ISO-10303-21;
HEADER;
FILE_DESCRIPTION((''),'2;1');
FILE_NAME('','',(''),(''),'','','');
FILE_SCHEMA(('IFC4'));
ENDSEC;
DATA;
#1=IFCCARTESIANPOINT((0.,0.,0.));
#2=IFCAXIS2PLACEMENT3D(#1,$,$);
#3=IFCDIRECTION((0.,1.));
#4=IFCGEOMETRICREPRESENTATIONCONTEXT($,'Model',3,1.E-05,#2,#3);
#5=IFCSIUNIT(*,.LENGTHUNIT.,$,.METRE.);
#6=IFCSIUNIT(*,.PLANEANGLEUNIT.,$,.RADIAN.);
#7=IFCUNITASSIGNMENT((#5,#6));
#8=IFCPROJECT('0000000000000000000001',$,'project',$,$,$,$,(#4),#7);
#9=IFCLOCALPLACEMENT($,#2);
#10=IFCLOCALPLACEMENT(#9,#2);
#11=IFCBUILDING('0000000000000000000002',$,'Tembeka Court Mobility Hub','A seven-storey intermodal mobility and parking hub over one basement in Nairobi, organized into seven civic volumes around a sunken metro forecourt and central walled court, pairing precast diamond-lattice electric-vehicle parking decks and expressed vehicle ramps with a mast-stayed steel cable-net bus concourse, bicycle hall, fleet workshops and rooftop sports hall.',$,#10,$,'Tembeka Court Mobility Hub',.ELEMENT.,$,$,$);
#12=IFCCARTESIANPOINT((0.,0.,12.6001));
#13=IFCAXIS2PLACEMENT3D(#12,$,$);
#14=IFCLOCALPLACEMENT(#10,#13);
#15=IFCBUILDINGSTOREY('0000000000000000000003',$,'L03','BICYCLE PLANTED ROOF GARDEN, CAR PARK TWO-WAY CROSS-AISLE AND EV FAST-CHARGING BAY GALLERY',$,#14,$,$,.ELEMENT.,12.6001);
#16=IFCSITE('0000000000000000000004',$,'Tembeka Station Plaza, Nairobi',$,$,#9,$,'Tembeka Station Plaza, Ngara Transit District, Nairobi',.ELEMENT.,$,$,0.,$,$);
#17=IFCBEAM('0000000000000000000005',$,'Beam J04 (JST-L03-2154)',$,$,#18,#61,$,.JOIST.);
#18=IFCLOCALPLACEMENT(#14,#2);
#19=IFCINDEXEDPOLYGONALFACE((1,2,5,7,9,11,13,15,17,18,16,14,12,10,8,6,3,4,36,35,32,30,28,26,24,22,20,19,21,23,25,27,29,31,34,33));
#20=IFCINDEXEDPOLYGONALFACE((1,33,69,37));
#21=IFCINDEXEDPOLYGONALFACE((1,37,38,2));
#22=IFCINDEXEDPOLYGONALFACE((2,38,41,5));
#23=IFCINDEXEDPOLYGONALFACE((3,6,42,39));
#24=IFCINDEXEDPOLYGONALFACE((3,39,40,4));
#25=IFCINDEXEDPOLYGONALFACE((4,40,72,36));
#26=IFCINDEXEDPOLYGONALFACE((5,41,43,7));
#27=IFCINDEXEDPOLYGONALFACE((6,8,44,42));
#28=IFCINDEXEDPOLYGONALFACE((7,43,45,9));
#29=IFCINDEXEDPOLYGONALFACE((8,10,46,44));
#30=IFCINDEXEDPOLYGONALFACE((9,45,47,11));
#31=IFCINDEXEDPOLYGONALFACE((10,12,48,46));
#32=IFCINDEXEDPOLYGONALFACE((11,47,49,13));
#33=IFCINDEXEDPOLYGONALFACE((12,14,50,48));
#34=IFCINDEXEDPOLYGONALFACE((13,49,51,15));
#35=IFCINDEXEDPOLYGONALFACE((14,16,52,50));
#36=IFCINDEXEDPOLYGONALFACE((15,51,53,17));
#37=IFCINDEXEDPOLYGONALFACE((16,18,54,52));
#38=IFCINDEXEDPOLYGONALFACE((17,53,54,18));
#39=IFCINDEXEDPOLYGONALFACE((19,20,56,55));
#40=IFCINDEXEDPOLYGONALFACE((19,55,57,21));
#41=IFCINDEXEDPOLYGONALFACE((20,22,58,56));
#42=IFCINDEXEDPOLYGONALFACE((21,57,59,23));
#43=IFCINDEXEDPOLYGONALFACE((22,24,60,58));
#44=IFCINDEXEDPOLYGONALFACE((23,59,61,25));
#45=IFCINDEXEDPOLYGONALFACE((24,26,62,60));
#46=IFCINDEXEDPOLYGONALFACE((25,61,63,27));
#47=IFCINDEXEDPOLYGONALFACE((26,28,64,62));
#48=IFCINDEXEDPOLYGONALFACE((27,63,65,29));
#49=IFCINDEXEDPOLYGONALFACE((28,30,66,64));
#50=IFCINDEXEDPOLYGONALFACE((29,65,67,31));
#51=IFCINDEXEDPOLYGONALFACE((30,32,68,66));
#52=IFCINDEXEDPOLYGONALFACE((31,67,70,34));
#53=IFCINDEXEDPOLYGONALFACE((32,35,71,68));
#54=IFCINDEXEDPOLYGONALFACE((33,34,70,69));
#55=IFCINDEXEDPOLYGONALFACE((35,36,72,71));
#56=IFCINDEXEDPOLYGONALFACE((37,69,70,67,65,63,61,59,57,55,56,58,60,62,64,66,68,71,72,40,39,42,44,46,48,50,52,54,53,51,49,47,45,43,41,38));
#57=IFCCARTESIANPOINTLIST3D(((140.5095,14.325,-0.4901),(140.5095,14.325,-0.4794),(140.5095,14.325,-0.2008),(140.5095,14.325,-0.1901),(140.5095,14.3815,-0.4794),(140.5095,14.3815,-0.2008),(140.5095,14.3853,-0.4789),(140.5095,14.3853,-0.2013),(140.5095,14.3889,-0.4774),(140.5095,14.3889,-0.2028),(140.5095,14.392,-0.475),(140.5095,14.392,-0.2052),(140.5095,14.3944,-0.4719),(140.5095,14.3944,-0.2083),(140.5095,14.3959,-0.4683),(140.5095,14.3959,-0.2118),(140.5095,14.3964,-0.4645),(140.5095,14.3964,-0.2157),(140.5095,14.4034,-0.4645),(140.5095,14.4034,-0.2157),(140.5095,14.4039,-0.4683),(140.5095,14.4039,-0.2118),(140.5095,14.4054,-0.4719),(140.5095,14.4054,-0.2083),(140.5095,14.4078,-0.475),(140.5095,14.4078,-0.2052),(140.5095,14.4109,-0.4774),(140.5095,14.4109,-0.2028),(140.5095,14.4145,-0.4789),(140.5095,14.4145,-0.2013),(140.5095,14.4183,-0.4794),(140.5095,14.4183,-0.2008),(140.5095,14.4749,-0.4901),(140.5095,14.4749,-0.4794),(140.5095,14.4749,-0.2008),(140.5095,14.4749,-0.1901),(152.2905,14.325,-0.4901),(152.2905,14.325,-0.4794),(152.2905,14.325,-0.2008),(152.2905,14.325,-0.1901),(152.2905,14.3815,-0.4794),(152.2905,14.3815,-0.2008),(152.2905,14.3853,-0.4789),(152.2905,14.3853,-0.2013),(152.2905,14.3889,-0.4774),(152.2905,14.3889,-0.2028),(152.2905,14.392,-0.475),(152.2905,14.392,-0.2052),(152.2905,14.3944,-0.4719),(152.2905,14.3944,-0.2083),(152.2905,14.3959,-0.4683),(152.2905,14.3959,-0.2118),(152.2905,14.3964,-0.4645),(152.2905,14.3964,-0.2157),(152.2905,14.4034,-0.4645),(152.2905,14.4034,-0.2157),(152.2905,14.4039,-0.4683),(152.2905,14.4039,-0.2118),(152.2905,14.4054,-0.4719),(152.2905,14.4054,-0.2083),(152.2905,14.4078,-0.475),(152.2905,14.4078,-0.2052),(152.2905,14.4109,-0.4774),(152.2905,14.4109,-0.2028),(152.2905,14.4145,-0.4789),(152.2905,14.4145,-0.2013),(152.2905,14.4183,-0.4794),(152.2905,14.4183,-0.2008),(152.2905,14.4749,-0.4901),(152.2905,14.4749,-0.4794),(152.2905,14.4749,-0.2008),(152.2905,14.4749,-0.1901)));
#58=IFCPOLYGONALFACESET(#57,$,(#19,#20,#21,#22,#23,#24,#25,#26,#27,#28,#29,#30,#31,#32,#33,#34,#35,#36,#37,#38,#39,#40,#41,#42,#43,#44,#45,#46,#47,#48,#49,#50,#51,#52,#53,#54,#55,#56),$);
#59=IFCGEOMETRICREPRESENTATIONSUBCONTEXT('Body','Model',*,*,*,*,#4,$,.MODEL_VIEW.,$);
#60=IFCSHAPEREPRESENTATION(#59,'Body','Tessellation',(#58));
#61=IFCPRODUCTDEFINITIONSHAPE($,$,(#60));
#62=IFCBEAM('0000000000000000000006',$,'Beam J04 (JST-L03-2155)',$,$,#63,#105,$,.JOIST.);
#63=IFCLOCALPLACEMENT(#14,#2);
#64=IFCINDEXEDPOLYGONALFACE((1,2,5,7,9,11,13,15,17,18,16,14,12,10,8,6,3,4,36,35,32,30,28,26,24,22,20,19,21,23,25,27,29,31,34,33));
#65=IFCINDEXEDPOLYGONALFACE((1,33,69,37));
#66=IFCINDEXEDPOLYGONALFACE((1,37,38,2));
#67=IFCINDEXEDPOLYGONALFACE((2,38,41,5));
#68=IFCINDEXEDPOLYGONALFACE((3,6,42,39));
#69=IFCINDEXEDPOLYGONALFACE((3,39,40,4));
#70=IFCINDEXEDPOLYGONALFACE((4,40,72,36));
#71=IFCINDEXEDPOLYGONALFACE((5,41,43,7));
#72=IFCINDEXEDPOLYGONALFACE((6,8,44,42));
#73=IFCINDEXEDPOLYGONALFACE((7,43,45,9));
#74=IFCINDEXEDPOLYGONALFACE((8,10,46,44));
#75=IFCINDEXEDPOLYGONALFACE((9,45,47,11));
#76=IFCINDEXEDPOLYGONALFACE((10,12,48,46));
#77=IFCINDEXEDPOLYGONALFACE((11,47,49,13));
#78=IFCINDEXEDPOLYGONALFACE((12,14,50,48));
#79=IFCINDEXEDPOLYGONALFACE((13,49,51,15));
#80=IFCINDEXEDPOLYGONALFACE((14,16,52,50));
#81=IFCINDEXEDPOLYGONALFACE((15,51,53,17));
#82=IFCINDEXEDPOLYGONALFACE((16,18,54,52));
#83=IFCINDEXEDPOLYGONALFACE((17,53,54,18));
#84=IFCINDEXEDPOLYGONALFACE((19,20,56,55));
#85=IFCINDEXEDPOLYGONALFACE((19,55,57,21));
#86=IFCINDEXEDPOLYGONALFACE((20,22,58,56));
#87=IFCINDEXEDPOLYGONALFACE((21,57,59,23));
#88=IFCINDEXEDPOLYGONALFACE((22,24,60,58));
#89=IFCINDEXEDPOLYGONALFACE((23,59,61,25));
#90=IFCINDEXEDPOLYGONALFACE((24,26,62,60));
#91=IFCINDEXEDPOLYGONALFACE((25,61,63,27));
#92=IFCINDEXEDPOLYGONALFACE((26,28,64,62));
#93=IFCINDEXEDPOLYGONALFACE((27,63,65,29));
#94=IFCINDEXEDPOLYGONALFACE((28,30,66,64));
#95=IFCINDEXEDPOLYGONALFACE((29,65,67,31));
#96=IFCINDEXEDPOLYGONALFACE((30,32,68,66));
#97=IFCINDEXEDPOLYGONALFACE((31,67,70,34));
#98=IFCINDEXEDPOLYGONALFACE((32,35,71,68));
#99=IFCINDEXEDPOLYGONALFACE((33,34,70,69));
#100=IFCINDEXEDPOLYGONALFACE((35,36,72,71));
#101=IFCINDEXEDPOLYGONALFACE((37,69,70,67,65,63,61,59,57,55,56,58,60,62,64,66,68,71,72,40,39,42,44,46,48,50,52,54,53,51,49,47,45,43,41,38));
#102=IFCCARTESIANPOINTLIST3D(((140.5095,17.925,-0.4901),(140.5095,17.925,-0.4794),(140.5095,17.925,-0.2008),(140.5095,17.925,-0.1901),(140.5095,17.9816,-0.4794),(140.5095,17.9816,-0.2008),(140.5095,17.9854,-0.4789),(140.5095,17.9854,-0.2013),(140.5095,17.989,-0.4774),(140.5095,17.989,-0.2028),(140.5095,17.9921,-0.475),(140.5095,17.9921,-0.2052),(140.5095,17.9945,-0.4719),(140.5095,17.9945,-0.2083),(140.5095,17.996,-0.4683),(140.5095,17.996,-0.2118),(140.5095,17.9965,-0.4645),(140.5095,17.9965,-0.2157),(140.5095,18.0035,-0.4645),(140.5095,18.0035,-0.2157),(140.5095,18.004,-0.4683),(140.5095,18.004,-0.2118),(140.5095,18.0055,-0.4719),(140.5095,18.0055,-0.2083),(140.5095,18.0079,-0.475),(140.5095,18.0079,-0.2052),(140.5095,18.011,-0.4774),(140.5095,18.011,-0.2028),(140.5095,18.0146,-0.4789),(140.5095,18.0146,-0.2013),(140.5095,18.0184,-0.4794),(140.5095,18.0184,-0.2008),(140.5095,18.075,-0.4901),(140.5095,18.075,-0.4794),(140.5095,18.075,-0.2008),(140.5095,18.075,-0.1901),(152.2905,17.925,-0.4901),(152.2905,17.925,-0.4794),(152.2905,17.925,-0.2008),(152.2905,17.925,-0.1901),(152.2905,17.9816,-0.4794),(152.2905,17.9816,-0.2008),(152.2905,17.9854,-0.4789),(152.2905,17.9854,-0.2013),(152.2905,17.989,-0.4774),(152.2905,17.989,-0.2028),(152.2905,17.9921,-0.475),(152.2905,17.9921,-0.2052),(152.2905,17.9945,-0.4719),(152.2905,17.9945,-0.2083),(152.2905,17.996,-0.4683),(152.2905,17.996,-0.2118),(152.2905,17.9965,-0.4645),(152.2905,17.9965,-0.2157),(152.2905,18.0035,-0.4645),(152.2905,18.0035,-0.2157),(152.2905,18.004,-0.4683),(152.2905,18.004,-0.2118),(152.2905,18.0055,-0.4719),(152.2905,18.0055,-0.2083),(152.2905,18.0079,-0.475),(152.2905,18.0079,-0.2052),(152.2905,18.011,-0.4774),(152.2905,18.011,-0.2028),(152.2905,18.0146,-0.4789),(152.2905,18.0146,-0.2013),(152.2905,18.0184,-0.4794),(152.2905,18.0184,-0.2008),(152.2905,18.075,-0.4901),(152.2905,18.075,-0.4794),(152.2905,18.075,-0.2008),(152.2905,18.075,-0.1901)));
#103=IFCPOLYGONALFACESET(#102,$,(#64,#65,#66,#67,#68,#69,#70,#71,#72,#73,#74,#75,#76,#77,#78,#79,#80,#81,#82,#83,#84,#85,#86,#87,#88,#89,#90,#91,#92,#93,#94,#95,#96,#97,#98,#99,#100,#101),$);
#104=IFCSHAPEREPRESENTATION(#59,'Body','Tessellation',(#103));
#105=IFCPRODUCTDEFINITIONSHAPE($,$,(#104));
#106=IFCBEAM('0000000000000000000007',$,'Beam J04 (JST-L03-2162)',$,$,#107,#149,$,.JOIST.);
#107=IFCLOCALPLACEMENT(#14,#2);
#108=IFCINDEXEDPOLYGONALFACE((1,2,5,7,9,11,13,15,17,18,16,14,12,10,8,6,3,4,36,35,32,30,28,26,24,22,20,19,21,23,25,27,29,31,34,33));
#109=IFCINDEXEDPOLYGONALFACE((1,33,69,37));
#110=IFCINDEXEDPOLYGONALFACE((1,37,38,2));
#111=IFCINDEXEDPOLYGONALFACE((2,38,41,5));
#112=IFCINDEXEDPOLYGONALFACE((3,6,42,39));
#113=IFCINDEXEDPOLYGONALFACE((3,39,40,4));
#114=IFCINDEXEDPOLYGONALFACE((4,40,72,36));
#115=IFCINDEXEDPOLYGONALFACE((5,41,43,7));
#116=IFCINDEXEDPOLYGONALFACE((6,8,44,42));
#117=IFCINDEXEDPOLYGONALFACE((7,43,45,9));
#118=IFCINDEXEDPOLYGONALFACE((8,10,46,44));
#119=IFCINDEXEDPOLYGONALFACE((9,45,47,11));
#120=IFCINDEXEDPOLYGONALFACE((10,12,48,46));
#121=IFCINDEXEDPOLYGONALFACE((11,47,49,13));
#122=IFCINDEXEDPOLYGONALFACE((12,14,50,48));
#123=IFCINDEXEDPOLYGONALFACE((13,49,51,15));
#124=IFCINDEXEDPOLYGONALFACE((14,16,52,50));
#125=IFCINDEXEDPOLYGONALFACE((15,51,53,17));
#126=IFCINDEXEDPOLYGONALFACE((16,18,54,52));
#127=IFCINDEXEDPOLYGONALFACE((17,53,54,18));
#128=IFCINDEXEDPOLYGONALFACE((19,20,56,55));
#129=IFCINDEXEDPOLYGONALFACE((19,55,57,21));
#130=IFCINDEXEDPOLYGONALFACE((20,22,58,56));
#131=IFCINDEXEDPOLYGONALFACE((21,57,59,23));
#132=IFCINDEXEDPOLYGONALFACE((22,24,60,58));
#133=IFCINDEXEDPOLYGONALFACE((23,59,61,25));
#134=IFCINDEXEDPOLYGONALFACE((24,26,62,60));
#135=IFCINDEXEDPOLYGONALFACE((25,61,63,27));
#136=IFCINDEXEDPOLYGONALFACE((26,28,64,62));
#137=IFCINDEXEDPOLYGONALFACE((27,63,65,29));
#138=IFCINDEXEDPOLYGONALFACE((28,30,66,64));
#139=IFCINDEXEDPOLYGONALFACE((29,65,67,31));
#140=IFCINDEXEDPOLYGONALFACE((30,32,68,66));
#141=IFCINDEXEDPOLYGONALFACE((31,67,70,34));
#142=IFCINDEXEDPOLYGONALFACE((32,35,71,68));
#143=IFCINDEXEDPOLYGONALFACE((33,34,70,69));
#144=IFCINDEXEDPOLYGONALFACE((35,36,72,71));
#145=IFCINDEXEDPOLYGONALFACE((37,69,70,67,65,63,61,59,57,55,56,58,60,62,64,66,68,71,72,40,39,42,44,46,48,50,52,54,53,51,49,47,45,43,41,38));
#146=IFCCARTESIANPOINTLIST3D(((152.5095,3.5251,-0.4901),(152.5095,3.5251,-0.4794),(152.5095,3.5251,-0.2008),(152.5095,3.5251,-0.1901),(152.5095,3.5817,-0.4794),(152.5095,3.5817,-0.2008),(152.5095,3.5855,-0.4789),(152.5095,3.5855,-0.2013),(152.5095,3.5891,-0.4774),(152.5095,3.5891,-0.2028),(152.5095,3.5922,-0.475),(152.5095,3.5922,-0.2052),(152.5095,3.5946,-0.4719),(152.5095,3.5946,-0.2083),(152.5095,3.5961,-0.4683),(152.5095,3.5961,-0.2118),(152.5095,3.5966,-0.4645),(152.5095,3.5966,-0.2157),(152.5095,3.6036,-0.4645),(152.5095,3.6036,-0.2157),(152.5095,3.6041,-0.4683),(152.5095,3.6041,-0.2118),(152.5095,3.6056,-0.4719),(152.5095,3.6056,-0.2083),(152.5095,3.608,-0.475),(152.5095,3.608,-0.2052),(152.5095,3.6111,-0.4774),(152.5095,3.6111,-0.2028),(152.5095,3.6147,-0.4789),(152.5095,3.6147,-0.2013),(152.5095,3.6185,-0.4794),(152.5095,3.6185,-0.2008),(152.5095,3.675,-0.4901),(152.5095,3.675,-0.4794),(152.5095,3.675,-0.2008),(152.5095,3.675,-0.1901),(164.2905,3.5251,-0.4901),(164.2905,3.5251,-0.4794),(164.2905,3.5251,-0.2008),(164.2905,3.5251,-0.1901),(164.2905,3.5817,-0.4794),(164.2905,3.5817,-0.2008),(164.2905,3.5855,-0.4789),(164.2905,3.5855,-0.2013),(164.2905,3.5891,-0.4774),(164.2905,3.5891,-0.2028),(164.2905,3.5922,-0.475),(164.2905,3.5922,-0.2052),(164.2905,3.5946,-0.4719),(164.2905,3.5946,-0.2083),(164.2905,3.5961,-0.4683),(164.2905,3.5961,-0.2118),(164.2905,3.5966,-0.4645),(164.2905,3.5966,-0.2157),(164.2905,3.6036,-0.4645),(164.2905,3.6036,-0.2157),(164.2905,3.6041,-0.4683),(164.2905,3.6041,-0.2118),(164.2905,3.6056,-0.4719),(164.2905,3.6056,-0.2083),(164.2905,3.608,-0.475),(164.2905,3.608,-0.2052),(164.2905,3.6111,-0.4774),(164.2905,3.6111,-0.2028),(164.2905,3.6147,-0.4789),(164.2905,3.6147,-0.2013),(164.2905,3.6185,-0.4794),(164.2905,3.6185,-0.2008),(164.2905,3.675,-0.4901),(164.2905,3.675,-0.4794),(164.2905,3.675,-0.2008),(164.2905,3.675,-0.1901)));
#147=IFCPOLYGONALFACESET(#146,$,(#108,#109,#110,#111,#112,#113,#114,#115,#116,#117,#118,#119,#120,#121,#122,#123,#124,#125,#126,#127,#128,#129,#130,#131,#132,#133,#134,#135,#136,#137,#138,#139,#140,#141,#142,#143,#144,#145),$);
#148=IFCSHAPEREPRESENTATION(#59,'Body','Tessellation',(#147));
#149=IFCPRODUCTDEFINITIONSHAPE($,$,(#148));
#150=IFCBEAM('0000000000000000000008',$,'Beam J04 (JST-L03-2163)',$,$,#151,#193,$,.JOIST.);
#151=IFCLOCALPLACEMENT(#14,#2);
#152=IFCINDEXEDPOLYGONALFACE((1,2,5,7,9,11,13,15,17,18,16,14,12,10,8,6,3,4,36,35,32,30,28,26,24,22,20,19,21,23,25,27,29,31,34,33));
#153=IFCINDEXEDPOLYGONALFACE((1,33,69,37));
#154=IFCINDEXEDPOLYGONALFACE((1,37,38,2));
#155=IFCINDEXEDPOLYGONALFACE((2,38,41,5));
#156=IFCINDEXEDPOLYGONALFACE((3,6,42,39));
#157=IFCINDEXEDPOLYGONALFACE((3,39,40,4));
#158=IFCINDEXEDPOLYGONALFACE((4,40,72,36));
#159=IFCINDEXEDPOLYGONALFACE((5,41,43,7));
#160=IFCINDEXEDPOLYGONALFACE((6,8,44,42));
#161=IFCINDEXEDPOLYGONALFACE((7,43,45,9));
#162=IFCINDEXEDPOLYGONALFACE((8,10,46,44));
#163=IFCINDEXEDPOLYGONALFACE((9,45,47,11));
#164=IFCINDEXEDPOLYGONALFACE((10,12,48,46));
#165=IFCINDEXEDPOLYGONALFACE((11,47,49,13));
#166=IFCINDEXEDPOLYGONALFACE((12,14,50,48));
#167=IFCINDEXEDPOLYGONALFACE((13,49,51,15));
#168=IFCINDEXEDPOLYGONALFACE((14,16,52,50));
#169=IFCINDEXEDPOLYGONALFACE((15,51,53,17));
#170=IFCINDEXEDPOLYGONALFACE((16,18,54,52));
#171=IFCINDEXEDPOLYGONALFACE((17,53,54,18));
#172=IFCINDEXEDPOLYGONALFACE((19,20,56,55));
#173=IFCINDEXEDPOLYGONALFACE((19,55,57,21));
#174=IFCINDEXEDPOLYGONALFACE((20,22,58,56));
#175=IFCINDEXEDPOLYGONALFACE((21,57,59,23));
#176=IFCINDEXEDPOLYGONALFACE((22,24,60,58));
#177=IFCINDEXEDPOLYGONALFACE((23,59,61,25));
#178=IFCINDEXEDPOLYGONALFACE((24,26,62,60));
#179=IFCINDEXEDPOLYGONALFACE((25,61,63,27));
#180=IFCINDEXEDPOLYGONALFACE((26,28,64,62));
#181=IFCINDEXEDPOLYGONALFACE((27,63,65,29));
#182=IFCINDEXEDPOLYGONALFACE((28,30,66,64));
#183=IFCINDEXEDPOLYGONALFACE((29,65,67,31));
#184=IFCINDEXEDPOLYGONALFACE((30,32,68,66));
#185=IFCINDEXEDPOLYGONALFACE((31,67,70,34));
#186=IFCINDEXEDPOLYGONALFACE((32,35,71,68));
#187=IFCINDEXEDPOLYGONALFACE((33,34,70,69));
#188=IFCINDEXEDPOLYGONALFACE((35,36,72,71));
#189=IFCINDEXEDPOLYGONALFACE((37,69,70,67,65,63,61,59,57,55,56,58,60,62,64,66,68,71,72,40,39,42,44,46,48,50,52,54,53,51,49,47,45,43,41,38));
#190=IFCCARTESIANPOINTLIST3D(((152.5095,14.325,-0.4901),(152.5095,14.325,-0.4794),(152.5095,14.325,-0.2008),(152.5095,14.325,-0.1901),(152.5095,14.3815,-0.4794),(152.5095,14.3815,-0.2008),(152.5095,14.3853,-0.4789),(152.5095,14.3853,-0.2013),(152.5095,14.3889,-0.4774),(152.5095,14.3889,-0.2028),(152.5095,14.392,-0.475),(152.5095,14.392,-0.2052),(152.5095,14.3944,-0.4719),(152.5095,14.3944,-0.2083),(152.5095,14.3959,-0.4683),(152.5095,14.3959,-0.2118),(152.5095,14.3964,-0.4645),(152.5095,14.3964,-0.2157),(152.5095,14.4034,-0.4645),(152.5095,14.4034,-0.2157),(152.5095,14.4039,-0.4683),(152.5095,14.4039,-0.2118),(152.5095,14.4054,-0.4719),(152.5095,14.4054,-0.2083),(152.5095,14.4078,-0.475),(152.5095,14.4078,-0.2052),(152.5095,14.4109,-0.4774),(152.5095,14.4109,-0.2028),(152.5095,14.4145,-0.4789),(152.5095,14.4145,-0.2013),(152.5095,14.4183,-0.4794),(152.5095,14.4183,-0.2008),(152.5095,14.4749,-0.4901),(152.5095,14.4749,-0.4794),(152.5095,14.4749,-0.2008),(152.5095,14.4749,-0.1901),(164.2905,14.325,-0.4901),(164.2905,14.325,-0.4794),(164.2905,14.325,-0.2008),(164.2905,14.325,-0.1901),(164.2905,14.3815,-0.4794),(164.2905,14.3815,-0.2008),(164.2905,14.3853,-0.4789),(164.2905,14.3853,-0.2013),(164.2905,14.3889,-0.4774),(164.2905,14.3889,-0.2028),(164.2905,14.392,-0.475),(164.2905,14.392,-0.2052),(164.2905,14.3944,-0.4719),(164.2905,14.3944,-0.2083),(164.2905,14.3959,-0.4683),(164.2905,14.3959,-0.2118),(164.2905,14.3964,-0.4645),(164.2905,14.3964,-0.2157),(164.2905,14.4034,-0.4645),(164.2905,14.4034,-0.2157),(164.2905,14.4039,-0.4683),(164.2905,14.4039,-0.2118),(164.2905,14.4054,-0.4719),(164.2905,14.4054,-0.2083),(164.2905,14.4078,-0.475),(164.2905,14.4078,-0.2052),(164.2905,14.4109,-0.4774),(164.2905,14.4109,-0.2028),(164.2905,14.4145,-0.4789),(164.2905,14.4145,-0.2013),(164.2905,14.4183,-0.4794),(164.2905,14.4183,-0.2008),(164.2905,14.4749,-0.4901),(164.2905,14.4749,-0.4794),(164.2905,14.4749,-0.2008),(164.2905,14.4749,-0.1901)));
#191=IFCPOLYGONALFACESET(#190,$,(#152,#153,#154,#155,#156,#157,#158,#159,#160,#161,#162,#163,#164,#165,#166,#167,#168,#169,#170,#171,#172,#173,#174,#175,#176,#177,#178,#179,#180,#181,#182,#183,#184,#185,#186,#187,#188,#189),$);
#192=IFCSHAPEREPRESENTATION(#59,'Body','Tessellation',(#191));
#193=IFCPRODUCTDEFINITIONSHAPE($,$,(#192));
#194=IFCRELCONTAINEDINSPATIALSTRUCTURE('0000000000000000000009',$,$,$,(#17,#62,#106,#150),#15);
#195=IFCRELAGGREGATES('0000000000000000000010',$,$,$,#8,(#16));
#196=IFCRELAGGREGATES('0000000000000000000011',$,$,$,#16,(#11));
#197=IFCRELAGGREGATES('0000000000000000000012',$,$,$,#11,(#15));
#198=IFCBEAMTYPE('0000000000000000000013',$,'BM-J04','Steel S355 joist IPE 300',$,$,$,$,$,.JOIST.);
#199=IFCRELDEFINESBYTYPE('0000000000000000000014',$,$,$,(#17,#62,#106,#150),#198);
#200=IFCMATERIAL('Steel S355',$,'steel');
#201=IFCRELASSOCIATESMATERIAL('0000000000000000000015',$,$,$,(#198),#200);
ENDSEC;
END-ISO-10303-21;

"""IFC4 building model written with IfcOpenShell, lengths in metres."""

from ifc_helpers import new_model, si_unit, direction, frame, origin, origin_2d, place, context, subcontext, project, spatial, i_section, extrude, material, material_profile, profile_set, type_object, element, save


model = new_model("IFC4")

# Units and contexts
model_context = context("Model", 3, precision=1e-05, world=origin(), true_north=direction((0.0, 1.0)))
body_context = subcontext(model_context, "Body", "Model", "MODEL_VIEW")
ifc_project = project(units=[si_unit("LENGTHUNIT", "METRE"), si_unit("PLANEANGLEUNIT", "RADIAN")], contexts=[model_context])

# Site, building, storey
site_placement = place(None, origin())
site = spatial("IfcSite", under=ifc_project, at=site_placement, Name="Tembeka Station Plaza, Nairobi", LongName="Tembeka Station Plaza, Ngara Transit District, Nairobi", CompositionType="ELEMENT", RefElevation=0.0)
building_placement = place(site_placement, origin())
building = spatial("IfcBuilding", under=site, at=building_placement, Name="Tembeka Court Mobility Hub", Description="A seven-storey intermodal mobility and parking hub over one basement in Nairobi, organized into seven civic volumes around a sunken metro forecourt and central walled court, pairing precast diamond-lattice electric-vehicle parking decks and expressed vehicle ramps with a mast-stayed steel cable-net bus concourse, bicycle hall, fleet workshops and rooftop sports hall.", LongName="Tembeka Court Mobility Hub", CompositionType="ELEMENT")
storey_placement = place(building_placement, frame((0.0, 0.0, 12.6001)))
storey = spatial("IfcBuildingStorey", under=building, at=storey_placement, Name="L03", Description="BICYCLE PLANTED ROOF GARDEN, CAR PARK TWO-WAY CROSS-AISLE AND EV FAST-CHARGING BAY GALLERY", CompositionType="ELEMENT", Elevation=12.6001)

# Shared definitions
ifc_material_1 = material(Name="Steel S355", Category="steel")

# Beams
ifc_material_profile_1 = material_profile(ifc_material_1, i_section(OverallWidth=0.1499, OverallDepth=0.3, WebThickness=0.0071, FlangeThickness=0.0107, FilletRadius=0.0149, at=origin_2d()), Name="IPE 300")
ifc_profile_set_1 = profile_set([ifc_material_profile_1], Name="Steel S355")
beam_type_1 = type_object("IfcBeamType", Name="BM-J04", Description="Steel S355 joist IPE 300", PredefinedType="JOIST", material=ifc_profile_set_1)
for number, where, z_axis, x_axis, name in (
    (1, (140.5095, 14.3999, -0.3401), (1.0, 0.0, 0.0), (0.0, 1.0, 0.0), "Beam J04 (JST-L03-2154)"),
    (2, (140.5095, 18.0, -0.3401), (1.0, 0.0, 0.0), (0.0, 1.0, 0.0), "Beam J04 (JST-L03-2155)"),
    (3, (152.5095, 3.6001, -0.3401), (1.0, 0.0, 0.0), (0.0, 1.0, 0.0), "Beam J04 (JST-L03-2162)"),
    (4, (152.5095, 14.3999, -0.3401), (1.0, 0.0, 0.0), (0.0, 1.0, 0.0), "Beam J04 (JST-L03-2163)"),
):
    element("IfcBeam", number, at=place(storey_placement, frame(where, z_axis=z_axis, x_axis=x_axis)), inside=storey, type_object=beam_type_1, Name=name, PredefinedType="JOIST", context=body_context, shape_type="SweptSolid", body=[
        extrude(i_section(OverallWidth=0.1499, OverallDepth=0.3, WebThickness=0.0071, FlangeThickness=0.0107, FilletRadius=0.0149, at=origin_2d()), origin(), (0.0, 0.0, 1.0), 11.781),
    ])

save(model, "model.ifc")
